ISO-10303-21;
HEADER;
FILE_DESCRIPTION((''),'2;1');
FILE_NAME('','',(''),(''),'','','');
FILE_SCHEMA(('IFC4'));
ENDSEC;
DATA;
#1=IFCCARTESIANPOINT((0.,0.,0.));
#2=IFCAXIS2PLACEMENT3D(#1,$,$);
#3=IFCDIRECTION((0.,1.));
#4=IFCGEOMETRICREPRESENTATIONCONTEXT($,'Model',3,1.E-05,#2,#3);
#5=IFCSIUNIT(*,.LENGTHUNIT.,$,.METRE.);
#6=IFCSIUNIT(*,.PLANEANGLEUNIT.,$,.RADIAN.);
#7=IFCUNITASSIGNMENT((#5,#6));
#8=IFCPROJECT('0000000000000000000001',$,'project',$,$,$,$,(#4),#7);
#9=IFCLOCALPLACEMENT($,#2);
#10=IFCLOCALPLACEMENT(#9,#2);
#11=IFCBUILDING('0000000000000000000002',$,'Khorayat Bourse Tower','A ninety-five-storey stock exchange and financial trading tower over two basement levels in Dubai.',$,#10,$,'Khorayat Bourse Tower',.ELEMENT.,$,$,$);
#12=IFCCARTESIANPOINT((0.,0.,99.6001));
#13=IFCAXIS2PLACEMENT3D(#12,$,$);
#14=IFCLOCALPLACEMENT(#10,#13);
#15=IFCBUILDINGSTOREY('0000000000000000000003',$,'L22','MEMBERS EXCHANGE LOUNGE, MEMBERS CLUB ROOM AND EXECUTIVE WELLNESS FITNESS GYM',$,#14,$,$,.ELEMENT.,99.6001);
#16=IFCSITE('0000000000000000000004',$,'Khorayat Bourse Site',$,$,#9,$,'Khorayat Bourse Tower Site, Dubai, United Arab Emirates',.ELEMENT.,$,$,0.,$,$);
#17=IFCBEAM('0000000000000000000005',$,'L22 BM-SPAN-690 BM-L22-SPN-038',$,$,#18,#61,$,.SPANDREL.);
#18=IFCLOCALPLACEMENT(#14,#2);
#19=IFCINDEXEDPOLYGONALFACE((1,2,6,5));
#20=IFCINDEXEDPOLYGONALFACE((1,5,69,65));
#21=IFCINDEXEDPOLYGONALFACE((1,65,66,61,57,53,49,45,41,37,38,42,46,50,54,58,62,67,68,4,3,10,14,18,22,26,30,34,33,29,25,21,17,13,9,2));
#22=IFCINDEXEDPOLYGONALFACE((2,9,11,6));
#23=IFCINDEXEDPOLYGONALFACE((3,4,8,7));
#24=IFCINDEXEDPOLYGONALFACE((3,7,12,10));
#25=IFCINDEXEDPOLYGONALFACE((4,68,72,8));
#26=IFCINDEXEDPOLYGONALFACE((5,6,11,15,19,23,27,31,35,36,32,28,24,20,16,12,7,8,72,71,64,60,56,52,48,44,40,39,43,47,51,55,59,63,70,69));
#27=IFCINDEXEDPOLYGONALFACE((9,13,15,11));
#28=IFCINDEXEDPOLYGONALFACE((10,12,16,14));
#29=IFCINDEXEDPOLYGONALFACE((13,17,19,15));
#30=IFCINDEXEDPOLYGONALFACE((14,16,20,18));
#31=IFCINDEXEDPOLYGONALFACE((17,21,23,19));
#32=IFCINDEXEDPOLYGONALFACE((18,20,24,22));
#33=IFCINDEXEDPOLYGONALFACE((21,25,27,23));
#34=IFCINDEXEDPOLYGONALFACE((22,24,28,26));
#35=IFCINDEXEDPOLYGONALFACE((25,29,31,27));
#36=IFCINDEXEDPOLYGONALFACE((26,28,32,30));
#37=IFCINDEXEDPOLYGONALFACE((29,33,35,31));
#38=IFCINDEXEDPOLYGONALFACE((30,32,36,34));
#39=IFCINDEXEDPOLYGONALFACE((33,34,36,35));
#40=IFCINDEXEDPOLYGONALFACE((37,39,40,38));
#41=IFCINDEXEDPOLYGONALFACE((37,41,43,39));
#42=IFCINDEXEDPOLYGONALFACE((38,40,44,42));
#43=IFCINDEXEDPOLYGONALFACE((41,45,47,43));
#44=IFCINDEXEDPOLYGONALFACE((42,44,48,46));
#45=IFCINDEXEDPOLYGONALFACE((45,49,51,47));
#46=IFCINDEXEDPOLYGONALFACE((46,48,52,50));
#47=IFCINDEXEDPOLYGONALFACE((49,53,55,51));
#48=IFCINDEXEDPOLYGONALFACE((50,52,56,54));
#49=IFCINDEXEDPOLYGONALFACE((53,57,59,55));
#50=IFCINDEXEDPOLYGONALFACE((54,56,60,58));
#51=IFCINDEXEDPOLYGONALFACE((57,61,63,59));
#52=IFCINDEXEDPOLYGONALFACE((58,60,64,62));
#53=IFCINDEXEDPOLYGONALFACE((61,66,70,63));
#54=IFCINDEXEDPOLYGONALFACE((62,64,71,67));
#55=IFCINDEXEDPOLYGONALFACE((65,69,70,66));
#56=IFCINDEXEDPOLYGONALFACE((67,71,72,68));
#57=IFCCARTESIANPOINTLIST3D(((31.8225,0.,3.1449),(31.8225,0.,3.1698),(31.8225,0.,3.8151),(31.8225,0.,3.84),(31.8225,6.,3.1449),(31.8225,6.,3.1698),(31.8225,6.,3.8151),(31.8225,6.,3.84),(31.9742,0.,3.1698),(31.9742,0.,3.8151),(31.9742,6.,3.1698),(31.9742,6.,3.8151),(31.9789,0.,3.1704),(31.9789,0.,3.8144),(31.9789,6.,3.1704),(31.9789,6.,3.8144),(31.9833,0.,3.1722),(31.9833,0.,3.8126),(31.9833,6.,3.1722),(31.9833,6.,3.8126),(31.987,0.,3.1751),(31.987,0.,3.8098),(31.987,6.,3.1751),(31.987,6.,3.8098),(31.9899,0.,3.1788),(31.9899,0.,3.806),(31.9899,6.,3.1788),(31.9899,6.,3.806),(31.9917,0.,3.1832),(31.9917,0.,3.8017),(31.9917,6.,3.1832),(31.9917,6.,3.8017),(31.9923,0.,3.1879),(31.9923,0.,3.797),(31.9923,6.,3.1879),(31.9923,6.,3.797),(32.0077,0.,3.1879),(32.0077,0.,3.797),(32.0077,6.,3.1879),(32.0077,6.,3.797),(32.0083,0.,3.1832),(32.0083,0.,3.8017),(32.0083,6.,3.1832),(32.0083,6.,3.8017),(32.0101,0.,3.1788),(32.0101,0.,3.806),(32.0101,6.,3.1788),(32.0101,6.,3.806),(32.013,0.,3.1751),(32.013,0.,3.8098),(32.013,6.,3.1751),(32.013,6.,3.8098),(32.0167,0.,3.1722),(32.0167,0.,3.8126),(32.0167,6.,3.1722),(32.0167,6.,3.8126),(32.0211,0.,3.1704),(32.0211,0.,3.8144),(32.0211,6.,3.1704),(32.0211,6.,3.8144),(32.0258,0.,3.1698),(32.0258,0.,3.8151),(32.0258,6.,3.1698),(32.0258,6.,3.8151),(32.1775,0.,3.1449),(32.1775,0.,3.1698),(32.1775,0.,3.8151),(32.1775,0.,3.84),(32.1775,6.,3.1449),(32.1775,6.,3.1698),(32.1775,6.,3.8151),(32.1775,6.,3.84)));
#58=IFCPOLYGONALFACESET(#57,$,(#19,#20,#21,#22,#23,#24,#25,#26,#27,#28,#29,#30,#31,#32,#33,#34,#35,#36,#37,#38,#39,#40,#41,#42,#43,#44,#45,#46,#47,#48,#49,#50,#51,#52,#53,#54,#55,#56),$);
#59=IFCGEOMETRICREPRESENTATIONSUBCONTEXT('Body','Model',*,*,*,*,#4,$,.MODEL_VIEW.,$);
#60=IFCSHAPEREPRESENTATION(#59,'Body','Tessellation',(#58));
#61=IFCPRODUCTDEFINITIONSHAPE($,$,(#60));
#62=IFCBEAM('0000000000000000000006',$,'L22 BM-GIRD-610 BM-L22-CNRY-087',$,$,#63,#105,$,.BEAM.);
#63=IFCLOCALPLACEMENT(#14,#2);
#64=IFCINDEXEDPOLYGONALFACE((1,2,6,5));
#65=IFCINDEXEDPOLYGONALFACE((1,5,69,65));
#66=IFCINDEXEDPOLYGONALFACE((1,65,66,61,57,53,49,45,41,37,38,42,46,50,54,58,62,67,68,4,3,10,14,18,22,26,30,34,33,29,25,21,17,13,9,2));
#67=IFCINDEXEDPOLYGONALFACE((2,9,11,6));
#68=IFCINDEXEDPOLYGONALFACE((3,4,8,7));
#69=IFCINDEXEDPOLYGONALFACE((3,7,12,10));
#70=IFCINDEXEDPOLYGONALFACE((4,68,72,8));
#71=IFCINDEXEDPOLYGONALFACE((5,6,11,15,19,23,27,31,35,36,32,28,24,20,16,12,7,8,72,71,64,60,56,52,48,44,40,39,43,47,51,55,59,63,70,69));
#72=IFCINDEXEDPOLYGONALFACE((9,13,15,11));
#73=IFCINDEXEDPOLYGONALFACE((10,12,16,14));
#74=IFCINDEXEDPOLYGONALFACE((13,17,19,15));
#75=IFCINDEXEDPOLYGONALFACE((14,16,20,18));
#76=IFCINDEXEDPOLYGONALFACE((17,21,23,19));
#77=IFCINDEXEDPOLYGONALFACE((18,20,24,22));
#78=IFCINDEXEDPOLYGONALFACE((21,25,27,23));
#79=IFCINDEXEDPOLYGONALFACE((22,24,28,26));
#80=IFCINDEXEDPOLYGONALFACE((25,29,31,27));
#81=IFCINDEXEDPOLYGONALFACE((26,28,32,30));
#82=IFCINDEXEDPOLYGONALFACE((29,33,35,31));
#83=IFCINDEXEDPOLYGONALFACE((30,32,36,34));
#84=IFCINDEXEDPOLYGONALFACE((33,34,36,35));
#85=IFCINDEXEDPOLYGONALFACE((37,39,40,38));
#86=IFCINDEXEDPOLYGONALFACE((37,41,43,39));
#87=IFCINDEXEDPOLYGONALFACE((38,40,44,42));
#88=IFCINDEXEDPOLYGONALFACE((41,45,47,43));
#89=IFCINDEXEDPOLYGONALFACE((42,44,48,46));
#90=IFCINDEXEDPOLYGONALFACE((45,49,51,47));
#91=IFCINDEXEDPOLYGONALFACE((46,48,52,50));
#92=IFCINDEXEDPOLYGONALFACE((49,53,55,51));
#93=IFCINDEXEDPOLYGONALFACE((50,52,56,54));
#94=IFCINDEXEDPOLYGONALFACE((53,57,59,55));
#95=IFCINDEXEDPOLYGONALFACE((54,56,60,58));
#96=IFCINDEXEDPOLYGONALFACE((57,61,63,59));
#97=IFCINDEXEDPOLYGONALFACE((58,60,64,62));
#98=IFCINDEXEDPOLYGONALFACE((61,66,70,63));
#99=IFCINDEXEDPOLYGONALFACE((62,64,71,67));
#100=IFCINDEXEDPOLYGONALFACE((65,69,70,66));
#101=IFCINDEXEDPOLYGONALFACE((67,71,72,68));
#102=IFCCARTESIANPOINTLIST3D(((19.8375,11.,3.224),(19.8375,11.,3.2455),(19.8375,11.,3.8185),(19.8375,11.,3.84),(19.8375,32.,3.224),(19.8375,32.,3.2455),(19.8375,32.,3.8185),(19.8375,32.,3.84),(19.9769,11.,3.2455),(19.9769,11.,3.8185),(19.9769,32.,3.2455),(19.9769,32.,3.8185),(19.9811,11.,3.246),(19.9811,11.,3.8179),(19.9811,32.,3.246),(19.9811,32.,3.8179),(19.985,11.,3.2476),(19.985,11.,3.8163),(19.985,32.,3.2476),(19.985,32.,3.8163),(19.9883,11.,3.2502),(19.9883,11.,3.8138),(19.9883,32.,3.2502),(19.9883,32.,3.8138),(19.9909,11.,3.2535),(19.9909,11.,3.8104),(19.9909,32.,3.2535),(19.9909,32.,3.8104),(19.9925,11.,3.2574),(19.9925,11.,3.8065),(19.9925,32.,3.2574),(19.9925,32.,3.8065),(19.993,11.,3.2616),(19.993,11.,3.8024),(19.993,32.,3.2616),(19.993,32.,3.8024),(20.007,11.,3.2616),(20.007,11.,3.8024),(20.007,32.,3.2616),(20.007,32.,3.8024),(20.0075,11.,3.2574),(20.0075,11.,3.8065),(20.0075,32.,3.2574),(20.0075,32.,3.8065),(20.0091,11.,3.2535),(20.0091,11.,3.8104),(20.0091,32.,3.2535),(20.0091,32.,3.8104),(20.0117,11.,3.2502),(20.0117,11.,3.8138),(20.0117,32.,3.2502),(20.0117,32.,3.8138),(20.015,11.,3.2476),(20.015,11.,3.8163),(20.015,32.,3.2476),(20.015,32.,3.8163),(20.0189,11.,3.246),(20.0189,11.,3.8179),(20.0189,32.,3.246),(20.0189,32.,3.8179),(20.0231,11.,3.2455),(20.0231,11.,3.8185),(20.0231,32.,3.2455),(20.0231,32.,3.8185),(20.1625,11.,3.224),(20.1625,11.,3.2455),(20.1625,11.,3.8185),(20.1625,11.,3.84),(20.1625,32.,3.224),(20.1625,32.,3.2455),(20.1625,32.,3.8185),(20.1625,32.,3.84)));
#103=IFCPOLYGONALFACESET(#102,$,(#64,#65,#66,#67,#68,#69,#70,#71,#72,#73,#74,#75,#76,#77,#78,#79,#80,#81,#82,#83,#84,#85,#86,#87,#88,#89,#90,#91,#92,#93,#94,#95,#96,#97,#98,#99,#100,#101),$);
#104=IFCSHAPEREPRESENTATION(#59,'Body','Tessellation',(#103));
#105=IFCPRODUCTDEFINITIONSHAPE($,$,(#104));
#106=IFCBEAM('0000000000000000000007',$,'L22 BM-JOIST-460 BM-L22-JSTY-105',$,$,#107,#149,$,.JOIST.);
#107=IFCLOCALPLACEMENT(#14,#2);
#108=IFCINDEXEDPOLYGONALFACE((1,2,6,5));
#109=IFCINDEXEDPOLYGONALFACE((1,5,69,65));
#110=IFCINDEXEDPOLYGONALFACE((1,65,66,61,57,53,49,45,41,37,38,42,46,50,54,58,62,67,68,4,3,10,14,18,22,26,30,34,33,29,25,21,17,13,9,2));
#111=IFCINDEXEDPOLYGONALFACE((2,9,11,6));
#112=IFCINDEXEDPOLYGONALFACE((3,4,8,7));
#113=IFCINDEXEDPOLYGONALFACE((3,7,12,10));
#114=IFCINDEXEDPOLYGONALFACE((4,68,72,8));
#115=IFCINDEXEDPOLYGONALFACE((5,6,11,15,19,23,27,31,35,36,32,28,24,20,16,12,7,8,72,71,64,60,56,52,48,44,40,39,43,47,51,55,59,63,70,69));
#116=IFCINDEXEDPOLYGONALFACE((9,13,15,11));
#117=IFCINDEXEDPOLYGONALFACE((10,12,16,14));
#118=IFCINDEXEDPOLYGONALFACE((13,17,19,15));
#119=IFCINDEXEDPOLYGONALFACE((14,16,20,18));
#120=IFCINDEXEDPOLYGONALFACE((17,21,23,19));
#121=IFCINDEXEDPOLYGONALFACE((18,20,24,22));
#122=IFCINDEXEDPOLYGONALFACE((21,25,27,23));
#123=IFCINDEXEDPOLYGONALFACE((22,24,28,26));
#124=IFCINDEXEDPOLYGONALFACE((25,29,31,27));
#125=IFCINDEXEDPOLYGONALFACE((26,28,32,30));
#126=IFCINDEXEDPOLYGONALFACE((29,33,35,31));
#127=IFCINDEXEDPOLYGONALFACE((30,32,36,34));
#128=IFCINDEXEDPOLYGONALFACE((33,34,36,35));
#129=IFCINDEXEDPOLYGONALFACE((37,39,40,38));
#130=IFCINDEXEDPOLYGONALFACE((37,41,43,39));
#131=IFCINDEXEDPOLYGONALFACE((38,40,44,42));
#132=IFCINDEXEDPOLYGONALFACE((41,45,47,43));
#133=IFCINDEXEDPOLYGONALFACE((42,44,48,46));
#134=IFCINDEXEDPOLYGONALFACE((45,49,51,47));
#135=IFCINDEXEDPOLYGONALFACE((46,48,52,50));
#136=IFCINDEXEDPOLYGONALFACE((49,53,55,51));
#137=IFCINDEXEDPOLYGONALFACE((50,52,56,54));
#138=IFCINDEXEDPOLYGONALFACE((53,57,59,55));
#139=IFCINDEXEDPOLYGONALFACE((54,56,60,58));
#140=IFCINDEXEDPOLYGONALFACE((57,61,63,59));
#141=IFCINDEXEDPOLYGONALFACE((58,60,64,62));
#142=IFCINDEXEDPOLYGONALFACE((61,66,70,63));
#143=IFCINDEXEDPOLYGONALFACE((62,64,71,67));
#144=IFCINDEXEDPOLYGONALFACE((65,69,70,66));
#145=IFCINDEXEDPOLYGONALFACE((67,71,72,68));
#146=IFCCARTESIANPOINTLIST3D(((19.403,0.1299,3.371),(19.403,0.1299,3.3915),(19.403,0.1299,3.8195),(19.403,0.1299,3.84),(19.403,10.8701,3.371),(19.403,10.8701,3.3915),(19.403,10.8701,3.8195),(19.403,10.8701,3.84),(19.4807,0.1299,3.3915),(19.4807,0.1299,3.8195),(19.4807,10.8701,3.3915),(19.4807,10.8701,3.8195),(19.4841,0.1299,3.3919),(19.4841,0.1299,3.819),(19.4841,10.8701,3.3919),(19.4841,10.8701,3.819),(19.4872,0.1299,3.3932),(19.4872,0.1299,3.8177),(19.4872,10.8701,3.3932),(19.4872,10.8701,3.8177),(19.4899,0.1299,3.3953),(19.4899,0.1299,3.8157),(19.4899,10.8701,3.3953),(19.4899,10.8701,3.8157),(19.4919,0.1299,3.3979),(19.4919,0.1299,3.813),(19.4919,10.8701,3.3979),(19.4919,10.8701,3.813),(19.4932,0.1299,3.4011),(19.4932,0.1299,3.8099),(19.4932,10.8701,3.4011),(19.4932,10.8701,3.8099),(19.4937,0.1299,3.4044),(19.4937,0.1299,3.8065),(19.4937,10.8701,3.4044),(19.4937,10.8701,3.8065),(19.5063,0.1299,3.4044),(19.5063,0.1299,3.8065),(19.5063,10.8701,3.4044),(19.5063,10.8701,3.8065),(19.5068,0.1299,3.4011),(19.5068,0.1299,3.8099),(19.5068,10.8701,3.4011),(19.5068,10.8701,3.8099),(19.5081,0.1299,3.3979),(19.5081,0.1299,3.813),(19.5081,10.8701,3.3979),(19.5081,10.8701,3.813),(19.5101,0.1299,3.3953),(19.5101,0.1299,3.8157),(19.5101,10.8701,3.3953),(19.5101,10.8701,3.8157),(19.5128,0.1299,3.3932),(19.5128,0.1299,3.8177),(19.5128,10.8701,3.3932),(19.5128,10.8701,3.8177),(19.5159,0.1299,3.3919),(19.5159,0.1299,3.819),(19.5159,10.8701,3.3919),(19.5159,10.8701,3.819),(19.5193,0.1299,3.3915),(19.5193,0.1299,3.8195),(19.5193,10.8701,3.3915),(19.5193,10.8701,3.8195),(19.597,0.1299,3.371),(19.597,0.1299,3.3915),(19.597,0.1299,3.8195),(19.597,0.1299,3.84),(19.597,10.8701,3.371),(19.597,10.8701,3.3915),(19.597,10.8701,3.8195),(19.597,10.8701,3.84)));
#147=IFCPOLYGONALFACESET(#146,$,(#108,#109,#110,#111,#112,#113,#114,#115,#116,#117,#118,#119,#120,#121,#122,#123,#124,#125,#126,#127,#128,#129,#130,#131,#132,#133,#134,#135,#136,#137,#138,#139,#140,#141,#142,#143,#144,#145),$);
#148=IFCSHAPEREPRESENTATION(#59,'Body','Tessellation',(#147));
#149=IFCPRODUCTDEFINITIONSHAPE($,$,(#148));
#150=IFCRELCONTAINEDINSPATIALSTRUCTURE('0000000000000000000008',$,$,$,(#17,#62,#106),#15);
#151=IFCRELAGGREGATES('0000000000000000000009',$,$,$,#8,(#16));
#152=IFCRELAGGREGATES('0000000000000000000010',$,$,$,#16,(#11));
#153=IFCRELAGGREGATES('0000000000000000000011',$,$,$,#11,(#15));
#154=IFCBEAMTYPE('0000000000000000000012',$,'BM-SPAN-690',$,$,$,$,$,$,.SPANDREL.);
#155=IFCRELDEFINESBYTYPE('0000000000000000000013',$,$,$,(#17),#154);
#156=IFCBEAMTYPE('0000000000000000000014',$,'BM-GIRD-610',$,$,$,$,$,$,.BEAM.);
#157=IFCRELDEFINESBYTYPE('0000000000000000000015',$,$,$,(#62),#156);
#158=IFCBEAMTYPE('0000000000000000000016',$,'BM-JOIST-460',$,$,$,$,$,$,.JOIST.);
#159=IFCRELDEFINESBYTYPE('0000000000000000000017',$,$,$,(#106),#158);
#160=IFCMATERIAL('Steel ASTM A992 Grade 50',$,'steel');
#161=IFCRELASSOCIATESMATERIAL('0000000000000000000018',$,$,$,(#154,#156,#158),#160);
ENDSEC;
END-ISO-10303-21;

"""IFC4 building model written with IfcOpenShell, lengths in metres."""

from ifc_helpers import new_model, si_unit, direction, frame, origin, origin_2d, place, context, subcontext, project, spatial, i_section, extrude, source, transform, mapped, material, material_profile, profile_set, type_object, element, save


model = new_model("IFC4")

# Units and contexts
model_context = context("Model", 3, precision=1e-05, world=origin(), true_north=direction((0.0, 1.0)))
body_context = subcontext(model_context, "Body", "Model", "MODEL_VIEW")
ifc_project = project(units=[si_unit("LENGTHUNIT", "METRE"), si_unit("PLANEANGLEUNIT", "RADIAN")], contexts=[model_context])

# Site, building, storey
site_placement = place(None, origin())
site = spatial("IfcSite", under=ifc_project, at=site_placement, Name="Khorayat Bourse Site", LongName="Khorayat Bourse Tower Site, Dubai, United Arab Emirates", CompositionType="ELEMENT", RefElevation=0.0)
building_placement = place(site_placement, origin())
building = spatial("IfcBuilding", under=site, at=building_placement, Name="Khorayat Bourse Tower", Description="A ninety-five-storey stock exchange and financial trading tower over two basement levels in Dubai.", LongName="Khorayat Bourse Tower", CompositionType="ELEMENT")
storey_placement = place(building_placement, frame((0.0, 0.0, 99.6001)))
storey = spatial("IfcBuildingStorey", under=building, at=storey_placement, Name="L22", Description="MEMBERS EXCHANGE LOUNGE, MEMBERS CLUB ROOM AND EXECUTIVE WELLNESS FITNESS GYM", CompositionType="ELEMENT", Elevation=99.6001)

# Beams
ifc_material_1 = material(Name="Steel ASTM A992 Grade 50", Category="steel")
ifc_material_profile_1 = material_profile(ifc_material_1, i_section(OverallWidth=0.355, OverallDepth=0.6951, WebThickness=0.0154, FlangeThickness=0.0249, FilletRadius=0.0181, at=origin_2d()), Name="W690X217")
ifc_profile_set_1 = profile_set([ifc_material_profile_1], Name="Steel ASTM A992 Grade 50")
beam_type_1 = type_object("IfcBeamType", Name="BM-SPAN-690", PredefinedType="SPANDREL", material=ifc_profile_set_1)
shared_shape_1 = source(origin(), body_context, "Body", "SweptSolid", [
    extrude(i_section(OverallWidth=0.355, OverallDepth=0.6951, WebThickness=0.0154, FlangeThickness=0.0249, FilletRadius=0.0181, at=origin_2d()), origin(), (0.0, 0.0, 1.0), 6.0),
])
beam_1_placement = place(storey_placement, frame((32.0, 0.0, 3.4924), z_axis=(0.0, 1.0, 0.0), x_axis=(-1.0, 0.0, 0.0)))
element("IfcBeam", 1, at=beam_1_placement, inside=storey, type_object=beam_type_1, Name="L22 BM-SPAN-690 BM-L22-SPN-038", PredefinedType="SPANDREL", context=body_context, shape_type="MappedRepresentation", body=[
    mapped(shared_shape_1, transform((0.0, 0.0, 0.0), scale=1.0)),
])
ifc_material_profile_2 = material_profile(ifc_material_1, i_section(OverallWidth=0.325, OverallDepth=0.616, WebThickness=0.0139, FlangeThickness=0.0215, FilletRadius=0.0161, at=origin_2d()), Name="W610X174")
ifc_profile_set_2 = profile_set([ifc_material_profile_2], Name="Steel ASTM A992 Grade 50")
beam_type_2 = type_object("IfcBeamType", Name="BM-GIRD-610", PredefinedType="BEAM", material=ifc_profile_set_2)
shared_shape_2 = source(origin(), body_context, "Body", "SweptSolid", [
    extrude(i_section(OverallWidth=0.325, OverallDepth=0.616, WebThickness=0.0139, FlangeThickness=0.0215, FilletRadius=0.0161, at=origin_2d()), origin(), (0.0, 0.0, 1.0), 21.0),
])
beam_2_placement = place(storey_placement, frame((20.0, 11.0, 3.532), z_axis=(0.0, 1.0, 0.0), x_axis=(-1.0, 0.0, 0.0)))
element("IfcBeam", 2, at=beam_2_placement, inside=storey, type_object=beam_type_2, Name="L22 BM-GIRD-610 BM-L22-CNRY-087", PredefinedType="BEAM", context=body_context, shape_type="MappedRepresentation", body=[
    mapped(shared_shape_2, transform((0.0, 0.0, 0.0), scale=1.0)),
])
ifc_material_profile_3 = material_profile(ifc_material_1, i_section(OverallWidth=0.1941, OverallDepth=0.469, WebThickness=0.0127, FlangeThickness=0.0205, FilletRadius=0.0129, at=origin_2d()), Name="W460X106")
ifc_profile_set_3 = profile_set([ifc_material_profile_3], Name="Steel ASTM A992 Grade 50")
beam_type_3 = type_object("IfcBeamType", Name="BM-JOIST-460", PredefinedType="JOIST", material=ifc_profile_set_3)
shared_shape_3 = source(origin(), body_context, "Body", "SweptSolid", [
    extrude(i_section(OverallWidth=0.1941, OverallDepth=0.469, WebThickness=0.0127, FlangeThickness=0.0205, FilletRadius=0.0129, at=origin_2d()), origin(), (0.0, 0.0, 1.0), 10.7402),
])
beam_3_placement = place(storey_placement, frame((19.5, 0.1299, 3.6055), z_axis=(0.0, 1.0, 0.0), x_axis=(-1.0, 0.0, 0.0)))
element("IfcBeam", 3, at=beam_3_placement, inside=storey, type_object=beam_type_3, Name="L22 BM-JOIST-460 BM-L22-JSTY-105", PredefinedType="JOIST", context=body_context, shape_type="MappedRepresentation", body=[
    mapped(shared_shape_3, transform((0.0, 0.0, 0.0), scale=1.0)),
])

save(model, "model.ifc")
